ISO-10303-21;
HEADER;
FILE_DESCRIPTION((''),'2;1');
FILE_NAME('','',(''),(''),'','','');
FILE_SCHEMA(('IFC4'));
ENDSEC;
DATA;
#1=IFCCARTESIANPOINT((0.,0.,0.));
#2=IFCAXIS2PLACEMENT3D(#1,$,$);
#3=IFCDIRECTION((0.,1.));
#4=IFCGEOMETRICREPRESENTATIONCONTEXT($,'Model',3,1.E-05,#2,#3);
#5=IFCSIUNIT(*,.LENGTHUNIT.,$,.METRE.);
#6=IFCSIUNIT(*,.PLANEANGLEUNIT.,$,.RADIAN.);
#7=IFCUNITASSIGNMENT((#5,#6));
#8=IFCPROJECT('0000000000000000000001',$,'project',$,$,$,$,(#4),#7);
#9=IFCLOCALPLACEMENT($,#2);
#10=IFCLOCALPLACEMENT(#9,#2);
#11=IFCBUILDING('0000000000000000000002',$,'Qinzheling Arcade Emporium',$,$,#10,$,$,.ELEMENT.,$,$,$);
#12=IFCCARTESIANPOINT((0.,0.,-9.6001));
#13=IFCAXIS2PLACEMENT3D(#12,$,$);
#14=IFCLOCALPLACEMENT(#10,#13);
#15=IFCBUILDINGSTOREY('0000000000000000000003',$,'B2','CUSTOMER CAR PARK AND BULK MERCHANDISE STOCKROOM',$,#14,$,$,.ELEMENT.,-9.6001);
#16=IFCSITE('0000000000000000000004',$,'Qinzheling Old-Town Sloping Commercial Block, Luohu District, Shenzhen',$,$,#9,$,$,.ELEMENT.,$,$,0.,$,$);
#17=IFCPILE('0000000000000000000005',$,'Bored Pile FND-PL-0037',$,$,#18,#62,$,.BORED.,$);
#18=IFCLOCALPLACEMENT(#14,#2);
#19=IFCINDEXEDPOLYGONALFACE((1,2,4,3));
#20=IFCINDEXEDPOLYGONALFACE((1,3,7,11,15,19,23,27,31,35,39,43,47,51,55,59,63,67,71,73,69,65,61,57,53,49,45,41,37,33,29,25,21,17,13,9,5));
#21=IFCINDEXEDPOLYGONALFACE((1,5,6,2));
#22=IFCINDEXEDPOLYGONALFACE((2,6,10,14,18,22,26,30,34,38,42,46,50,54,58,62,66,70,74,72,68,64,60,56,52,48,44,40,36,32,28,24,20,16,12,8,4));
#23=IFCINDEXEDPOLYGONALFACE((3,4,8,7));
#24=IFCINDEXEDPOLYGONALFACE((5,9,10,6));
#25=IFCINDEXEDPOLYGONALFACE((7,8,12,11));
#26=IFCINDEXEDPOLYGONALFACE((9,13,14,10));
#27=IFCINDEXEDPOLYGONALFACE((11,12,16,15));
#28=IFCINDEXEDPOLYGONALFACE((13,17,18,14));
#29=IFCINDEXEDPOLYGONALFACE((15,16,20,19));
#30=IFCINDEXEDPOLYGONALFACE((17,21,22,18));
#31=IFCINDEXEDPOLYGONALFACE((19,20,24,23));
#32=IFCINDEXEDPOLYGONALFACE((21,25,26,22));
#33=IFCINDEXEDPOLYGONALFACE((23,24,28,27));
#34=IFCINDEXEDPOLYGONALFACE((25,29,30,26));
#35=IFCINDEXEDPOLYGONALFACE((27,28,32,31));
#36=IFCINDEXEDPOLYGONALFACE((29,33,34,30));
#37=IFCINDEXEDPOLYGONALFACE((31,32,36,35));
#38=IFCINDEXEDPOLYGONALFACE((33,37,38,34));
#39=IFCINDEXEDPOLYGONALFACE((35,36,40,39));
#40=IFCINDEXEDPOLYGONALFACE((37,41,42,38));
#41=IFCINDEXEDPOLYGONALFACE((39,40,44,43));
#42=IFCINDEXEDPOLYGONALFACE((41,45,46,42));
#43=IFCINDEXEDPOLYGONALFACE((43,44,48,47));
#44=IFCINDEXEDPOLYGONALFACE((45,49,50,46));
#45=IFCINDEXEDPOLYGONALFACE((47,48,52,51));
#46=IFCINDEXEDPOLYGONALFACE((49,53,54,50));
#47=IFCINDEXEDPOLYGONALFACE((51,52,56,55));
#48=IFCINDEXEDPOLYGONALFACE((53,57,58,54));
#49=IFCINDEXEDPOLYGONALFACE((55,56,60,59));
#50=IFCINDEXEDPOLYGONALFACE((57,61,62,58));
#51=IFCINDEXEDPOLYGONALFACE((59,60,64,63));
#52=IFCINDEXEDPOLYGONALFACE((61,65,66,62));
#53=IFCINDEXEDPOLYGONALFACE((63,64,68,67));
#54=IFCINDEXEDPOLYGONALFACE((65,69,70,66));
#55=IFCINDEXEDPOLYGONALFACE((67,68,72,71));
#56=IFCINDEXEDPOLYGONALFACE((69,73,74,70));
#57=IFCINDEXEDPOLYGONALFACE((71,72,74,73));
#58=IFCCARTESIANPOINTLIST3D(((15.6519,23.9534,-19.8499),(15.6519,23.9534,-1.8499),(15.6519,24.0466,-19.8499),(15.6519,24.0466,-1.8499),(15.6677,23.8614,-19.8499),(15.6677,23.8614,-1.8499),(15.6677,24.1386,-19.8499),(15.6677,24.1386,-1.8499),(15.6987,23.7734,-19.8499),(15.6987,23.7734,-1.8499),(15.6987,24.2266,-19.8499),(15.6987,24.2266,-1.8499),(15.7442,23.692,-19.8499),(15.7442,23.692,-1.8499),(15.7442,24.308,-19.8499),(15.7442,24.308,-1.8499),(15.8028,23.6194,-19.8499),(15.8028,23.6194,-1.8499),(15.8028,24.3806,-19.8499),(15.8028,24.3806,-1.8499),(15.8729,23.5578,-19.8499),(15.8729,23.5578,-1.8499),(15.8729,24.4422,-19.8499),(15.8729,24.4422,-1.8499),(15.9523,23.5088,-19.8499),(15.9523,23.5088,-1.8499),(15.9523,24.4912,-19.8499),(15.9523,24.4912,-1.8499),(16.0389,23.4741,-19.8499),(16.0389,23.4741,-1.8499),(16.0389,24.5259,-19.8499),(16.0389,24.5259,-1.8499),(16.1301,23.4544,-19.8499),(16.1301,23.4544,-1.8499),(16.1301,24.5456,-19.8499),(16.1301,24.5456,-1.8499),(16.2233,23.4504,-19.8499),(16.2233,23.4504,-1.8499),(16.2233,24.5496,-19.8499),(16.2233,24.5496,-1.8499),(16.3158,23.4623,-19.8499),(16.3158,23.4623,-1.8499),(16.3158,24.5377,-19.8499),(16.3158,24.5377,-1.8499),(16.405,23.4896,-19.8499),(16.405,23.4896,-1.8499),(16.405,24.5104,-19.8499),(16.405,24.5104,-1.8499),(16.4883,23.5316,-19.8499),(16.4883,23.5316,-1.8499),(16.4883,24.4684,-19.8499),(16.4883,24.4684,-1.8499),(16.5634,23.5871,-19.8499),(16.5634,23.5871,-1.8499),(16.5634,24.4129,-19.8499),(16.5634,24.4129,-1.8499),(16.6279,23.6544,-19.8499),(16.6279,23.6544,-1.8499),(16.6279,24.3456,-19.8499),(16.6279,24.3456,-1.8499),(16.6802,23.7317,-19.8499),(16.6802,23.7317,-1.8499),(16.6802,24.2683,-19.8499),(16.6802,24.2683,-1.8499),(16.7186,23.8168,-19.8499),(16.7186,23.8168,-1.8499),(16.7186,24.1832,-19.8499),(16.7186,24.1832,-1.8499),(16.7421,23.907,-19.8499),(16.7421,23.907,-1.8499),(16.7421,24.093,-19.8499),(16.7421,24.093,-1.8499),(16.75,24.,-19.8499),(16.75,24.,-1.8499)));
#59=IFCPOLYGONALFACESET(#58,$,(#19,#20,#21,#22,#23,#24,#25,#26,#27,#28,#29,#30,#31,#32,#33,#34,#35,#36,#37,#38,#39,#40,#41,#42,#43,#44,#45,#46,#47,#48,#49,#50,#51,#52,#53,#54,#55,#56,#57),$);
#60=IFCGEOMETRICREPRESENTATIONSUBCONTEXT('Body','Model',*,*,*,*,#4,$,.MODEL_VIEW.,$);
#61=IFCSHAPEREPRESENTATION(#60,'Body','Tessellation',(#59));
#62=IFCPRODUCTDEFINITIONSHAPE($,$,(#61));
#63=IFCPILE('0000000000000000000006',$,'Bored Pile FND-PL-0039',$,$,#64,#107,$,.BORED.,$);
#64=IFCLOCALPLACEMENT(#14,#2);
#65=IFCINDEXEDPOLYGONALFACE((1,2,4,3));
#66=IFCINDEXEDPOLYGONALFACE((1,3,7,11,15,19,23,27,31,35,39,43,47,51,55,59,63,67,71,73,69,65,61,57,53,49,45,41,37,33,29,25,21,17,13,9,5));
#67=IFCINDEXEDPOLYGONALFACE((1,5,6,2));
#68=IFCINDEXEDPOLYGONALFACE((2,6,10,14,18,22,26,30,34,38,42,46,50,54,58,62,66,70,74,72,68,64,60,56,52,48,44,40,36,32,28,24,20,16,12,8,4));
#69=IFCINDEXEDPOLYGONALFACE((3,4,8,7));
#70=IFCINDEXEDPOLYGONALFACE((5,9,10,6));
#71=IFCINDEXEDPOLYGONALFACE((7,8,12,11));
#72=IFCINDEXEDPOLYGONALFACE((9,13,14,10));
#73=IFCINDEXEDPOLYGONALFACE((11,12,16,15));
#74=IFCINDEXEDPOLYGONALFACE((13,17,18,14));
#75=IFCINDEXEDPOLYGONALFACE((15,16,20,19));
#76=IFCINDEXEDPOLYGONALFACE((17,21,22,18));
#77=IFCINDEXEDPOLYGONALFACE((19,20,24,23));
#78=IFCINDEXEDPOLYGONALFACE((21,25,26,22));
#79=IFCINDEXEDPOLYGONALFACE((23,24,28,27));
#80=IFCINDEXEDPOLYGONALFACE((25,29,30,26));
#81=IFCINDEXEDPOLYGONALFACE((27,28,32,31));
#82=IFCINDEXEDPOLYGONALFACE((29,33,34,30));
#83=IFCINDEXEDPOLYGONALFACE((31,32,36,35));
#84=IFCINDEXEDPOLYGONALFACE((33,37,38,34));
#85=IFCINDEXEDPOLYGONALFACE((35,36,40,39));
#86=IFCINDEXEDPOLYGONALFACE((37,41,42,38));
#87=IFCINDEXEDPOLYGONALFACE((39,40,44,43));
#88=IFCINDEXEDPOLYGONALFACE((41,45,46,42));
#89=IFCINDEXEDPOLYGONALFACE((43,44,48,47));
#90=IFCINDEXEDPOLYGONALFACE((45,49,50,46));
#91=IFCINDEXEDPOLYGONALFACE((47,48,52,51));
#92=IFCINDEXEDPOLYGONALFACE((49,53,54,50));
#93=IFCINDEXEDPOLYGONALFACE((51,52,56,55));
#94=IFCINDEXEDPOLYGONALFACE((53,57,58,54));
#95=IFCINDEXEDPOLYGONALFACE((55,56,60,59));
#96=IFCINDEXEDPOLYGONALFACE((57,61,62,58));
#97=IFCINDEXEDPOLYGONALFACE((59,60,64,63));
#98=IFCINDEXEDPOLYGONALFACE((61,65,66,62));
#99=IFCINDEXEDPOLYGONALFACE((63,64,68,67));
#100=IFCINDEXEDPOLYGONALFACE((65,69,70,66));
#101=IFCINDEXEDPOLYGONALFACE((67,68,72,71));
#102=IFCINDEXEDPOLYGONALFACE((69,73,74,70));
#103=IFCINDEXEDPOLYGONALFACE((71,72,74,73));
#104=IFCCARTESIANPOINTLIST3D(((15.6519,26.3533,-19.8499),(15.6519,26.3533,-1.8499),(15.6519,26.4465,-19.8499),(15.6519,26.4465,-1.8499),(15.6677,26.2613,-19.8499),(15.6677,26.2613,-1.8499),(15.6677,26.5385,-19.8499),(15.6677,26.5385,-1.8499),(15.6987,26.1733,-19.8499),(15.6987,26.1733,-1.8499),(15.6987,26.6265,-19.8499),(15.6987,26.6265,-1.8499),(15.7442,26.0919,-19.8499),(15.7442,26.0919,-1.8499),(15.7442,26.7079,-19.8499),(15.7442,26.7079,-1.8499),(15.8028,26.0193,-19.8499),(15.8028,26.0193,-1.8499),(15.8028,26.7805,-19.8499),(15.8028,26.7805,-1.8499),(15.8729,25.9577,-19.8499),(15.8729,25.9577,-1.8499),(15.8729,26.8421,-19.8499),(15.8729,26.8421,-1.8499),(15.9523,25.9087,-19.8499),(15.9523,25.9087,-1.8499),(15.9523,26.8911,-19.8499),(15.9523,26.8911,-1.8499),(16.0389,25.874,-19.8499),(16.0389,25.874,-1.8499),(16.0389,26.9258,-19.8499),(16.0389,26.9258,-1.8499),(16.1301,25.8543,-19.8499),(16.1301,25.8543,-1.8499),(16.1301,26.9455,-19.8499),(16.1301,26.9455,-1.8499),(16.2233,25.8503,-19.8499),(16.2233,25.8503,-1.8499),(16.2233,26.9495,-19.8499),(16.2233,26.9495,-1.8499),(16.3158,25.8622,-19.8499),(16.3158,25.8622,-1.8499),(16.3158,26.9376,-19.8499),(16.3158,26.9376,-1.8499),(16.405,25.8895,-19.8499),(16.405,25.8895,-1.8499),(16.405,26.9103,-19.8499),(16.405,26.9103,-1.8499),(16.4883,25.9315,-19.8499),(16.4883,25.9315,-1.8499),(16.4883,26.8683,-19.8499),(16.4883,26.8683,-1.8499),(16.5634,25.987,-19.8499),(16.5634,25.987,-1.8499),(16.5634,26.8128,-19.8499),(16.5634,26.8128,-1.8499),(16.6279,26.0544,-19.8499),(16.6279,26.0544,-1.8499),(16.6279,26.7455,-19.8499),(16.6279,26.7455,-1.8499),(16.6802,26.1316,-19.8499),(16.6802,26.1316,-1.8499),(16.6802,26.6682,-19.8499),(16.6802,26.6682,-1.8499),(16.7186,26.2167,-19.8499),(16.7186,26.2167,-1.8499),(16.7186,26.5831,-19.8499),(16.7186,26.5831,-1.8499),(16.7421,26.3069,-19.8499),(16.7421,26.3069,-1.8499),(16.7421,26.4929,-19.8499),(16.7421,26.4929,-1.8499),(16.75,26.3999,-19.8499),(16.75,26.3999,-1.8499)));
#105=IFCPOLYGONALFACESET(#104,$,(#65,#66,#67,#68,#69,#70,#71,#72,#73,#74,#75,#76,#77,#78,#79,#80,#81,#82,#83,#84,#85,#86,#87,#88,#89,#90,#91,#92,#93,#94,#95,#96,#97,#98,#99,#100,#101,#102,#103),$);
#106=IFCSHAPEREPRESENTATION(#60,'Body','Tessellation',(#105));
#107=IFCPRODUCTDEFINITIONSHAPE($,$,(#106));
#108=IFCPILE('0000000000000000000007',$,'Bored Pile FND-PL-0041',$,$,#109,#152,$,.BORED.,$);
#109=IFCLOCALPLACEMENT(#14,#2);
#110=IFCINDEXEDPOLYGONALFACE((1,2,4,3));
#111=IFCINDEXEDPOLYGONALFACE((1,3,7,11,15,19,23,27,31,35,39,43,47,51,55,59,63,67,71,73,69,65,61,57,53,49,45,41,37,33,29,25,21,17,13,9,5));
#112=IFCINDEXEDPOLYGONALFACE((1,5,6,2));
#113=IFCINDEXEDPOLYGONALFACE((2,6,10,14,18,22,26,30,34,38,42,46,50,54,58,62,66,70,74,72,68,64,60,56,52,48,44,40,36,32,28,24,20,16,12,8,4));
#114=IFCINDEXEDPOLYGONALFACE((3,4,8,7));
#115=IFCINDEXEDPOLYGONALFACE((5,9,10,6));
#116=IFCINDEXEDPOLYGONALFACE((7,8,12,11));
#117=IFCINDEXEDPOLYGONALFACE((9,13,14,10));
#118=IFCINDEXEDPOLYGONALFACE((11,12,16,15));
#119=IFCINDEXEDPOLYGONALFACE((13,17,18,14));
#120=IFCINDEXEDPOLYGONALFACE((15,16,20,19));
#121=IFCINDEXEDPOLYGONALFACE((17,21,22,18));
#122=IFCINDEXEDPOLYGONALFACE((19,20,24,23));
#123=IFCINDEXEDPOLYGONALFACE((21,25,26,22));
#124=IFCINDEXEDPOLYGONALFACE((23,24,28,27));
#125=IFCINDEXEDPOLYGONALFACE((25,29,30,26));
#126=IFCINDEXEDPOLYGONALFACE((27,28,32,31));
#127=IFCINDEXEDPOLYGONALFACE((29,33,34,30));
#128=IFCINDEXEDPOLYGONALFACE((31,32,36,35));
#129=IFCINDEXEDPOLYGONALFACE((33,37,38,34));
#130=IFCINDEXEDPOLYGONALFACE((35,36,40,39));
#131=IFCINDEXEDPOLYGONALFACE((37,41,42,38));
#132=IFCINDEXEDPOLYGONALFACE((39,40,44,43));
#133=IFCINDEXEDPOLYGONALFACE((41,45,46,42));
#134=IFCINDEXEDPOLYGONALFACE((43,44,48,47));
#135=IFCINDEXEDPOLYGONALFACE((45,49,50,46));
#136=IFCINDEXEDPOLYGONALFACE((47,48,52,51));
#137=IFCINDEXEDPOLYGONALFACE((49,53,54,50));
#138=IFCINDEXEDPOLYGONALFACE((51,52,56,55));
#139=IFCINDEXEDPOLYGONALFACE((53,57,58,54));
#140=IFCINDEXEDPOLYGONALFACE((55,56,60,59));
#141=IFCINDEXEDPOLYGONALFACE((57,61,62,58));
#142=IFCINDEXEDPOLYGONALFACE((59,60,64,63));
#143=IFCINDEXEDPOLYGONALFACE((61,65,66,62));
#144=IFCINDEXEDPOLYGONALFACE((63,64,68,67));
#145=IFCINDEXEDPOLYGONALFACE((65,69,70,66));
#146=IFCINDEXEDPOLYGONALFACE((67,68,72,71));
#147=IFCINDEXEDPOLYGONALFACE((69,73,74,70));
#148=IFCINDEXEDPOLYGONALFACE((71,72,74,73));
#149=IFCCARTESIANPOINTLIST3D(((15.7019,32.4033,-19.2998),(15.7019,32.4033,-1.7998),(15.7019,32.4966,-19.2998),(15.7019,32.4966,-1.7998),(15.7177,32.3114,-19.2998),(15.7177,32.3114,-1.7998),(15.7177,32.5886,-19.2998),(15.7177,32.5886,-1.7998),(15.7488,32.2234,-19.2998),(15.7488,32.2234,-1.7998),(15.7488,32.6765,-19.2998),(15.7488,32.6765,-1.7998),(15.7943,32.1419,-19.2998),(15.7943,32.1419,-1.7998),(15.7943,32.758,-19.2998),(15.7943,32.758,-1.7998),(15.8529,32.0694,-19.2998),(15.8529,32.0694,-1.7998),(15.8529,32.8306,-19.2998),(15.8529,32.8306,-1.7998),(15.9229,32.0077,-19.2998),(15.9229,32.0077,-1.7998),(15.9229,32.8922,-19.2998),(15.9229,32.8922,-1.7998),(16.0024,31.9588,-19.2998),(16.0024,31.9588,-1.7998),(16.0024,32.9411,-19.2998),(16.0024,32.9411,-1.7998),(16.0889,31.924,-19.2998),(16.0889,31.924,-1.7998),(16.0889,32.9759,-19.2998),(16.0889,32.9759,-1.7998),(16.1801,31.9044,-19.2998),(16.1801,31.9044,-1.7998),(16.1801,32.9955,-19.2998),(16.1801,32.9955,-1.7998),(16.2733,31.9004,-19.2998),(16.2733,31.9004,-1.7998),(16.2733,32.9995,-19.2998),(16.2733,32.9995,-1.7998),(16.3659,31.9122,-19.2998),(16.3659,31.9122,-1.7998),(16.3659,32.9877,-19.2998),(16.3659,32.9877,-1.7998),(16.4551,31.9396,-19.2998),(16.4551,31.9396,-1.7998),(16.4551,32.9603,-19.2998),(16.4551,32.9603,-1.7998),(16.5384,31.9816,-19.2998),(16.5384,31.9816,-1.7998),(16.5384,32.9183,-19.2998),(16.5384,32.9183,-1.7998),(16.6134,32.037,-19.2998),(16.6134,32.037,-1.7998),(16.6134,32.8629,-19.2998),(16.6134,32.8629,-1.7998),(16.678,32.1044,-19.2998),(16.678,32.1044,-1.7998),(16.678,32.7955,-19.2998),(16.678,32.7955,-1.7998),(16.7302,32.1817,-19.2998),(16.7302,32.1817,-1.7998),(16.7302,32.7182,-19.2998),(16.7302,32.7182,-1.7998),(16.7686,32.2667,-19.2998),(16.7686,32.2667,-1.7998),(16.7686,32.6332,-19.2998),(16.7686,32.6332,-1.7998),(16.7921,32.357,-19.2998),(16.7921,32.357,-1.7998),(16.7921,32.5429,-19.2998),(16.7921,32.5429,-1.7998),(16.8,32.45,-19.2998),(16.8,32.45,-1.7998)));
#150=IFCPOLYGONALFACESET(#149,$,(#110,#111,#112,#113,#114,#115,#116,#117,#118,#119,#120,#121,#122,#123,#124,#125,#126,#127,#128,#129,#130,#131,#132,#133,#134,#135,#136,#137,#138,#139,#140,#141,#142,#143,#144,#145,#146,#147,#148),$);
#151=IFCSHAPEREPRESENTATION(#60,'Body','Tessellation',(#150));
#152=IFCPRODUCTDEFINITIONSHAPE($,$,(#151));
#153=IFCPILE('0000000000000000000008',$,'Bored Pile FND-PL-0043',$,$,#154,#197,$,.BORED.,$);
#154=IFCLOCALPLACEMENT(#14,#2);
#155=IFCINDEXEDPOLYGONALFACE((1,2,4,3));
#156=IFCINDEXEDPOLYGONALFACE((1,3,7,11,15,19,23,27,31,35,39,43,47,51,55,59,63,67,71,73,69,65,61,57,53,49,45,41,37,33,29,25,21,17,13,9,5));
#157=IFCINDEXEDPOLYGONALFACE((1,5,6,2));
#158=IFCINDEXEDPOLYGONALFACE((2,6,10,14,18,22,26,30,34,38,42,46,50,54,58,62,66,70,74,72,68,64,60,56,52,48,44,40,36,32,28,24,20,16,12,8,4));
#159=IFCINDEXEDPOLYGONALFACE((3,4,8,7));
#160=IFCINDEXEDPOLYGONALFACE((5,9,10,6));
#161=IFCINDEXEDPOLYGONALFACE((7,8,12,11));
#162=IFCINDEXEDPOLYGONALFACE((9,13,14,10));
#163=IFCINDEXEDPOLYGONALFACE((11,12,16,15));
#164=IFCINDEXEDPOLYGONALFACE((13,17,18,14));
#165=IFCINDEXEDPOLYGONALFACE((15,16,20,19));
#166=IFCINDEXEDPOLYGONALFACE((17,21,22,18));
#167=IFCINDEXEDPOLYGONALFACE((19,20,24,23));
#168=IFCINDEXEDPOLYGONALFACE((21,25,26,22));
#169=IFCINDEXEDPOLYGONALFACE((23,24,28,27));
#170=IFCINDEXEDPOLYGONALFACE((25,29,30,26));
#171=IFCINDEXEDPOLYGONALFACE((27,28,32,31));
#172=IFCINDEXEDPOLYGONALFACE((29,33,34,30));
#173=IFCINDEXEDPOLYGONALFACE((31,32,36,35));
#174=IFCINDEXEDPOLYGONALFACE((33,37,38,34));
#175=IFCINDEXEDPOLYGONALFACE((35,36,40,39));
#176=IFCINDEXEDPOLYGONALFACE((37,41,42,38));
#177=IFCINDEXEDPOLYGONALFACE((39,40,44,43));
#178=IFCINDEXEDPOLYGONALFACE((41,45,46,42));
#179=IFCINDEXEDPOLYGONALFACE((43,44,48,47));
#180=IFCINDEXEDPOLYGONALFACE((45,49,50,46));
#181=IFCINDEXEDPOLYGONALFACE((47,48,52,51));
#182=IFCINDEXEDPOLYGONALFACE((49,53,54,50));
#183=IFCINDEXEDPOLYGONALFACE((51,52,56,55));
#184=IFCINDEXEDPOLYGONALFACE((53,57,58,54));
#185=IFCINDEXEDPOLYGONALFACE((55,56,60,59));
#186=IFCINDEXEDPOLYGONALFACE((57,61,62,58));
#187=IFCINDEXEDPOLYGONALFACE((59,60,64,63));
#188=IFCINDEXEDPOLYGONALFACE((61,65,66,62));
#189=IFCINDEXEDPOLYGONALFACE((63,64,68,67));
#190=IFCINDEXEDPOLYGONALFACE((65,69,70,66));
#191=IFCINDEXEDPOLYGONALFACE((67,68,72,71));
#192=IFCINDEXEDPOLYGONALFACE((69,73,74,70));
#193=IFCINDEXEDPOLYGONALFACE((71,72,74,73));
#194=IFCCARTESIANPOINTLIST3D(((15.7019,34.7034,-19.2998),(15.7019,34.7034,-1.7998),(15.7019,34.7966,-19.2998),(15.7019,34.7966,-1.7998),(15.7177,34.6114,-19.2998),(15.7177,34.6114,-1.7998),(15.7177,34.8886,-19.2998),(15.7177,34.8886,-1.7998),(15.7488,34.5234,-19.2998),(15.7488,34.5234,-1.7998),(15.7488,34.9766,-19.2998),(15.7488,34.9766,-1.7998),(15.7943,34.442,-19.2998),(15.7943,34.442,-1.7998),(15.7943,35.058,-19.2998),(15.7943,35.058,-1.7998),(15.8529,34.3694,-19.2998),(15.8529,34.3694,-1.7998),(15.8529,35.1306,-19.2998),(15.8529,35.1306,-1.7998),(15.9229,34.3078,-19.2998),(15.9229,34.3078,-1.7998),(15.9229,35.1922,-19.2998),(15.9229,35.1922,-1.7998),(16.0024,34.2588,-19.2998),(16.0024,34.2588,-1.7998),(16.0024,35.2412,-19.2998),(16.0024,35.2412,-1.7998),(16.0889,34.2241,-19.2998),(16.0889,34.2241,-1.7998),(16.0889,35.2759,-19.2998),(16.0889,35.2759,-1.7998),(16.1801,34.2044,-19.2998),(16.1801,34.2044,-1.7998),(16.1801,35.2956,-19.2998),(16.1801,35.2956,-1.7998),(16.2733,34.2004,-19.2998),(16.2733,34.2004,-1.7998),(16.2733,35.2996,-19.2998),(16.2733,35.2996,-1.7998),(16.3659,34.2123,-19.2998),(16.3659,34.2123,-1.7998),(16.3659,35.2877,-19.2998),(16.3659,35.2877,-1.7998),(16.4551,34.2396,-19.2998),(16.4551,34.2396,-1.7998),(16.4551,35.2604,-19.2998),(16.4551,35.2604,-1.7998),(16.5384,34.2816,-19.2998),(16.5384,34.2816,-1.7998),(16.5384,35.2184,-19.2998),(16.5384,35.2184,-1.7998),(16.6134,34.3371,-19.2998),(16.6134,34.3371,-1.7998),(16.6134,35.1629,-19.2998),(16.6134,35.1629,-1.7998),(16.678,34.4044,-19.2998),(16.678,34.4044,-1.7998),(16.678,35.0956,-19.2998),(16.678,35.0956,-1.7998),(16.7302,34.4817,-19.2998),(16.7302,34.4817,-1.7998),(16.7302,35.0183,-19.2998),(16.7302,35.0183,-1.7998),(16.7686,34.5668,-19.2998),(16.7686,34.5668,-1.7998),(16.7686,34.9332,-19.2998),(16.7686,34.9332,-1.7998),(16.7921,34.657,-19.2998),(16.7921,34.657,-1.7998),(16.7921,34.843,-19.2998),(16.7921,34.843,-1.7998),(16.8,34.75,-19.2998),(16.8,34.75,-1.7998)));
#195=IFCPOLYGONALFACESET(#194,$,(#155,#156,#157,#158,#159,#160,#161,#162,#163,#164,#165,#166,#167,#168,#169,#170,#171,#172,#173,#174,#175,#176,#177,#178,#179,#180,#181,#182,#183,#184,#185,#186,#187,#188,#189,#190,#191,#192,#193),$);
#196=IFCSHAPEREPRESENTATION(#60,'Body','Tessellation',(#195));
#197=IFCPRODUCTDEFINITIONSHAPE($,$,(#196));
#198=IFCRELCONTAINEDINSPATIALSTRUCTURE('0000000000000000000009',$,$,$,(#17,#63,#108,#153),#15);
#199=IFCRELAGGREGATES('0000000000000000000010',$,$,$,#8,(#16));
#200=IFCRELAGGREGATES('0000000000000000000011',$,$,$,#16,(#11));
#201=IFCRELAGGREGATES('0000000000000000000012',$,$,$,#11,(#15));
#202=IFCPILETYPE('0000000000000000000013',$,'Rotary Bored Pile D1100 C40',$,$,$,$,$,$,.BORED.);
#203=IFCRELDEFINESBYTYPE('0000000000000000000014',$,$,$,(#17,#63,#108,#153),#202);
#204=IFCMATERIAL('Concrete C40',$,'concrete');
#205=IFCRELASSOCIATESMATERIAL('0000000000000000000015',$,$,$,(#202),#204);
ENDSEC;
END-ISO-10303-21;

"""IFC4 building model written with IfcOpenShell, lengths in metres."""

from ifc_helpers import new_model, si_unit, direction, frame, origin, origin_2d, place, context, subcontext, project, spatial, circle, extrude, material, material_profile, profile_set, type_object, element, save


model = new_model("IFC4")

# Units and contexts
model_context = context("Model", 3, precision=1e-05, world=origin(), true_north=direction((0.0, 1.0)))
body_context = subcontext(model_context, "Body", "Model", "MODEL_VIEW")
ifc_project = project(units=[si_unit("LENGTHUNIT", "METRE"), si_unit("PLANEANGLEUNIT", "RADIAN")], contexts=[model_context])

# Site, building, storey
site_placement = place(None, origin())
site = spatial("IfcSite", under=ifc_project, at=site_placement, Name="Qinzheling Old-Town Sloping Commercial Block, Luohu District, Shenzhen", CompositionType="ELEMENT", RefElevation=0.0)
building_placement = place(site_placement, origin())
building = spatial("IfcBuilding", under=site, at=building_placement, Name="Qinzheling Arcade Emporium", CompositionType="ELEMENT")
storey_placement = place(building_placement, frame((0.0, 0.0, -9.6001)))
storey = spatial("IfcBuildingStorey", under=building, at=storey_placement, Name="B2", Description="CUSTOMER CAR PARK AND BULK MERCHANDISE STOCKROOM", CompositionType="ELEMENT", Elevation=-9.6001)

# Shared definitions
ifc_material_1 = material(Name="Concrete C40", Category="concrete")

# Piles
ifc_material_profile_1 = material_profile(ifc_material_1, circle(Radius=0.55, at=origin_2d()), Name="BORED D1100", Category="concrete")
ifc_profile_set_1 = profile_set([ifc_material_profile_1], Name="Concrete C40")
pile_type_1 = type_object("IfcPileType", Name="Rotary Bored Pile D1100 C40", PredefinedType="BORED", material=ifc_profile_set_1)
for number, where, z_axis, x_axis, name in (
    (1, (16.2, 24.0, -1.8499), (0.0, 0.0, -1.0), (1.0, 0.0, 0.0), "Bored Pile FND-PL-0037"),
    (2, (16.2, 26.3999, -1.8499), (0.0, 0.0, -1.0), (1.0, 0.0, 0.0), "Bored Pile FND-PL-0039"),
):
    element("IfcPile", number, at=place(storey_placement, frame(where, z_axis=z_axis, x_axis=x_axis)), inside=storey, type_object=pile_type_1, Name=name, PredefinedType="BORED", context=body_context, shape_type="SweptSolid", body=[
        extrude(circle(Radius=0.55, at=origin_2d()), origin(), (0.0, 0.0, 1.0), 18.0),
    ])
for number, where, z_axis, x_axis, name in (
    (3, (16.25, 32.45, -1.7998), (0.0, 0.0, -1.0), (1.0, 0.0, 0.0), "Bored Pile FND-PL-0041"),
    (4, (16.25, 34.75, -1.7998), (0.0, 0.0, -1.0), (1.0, 0.0, 0.0), "Bored Pile FND-PL-0043"),
):
    element("IfcPile", number, at=place(storey_placement, frame(where, z_axis=z_axis, x_axis=x_axis)), inside=storey, type_object=pile_type_1, Name=name, PredefinedType="BORED", context=body_context, shape_type="SweptSolid", body=[
        extrude(circle(Radius=0.55, at=origin_2d()), origin(), (0.0, 0.0, 1.0), 17.5),
    ])

save(model, "model.ifc")
